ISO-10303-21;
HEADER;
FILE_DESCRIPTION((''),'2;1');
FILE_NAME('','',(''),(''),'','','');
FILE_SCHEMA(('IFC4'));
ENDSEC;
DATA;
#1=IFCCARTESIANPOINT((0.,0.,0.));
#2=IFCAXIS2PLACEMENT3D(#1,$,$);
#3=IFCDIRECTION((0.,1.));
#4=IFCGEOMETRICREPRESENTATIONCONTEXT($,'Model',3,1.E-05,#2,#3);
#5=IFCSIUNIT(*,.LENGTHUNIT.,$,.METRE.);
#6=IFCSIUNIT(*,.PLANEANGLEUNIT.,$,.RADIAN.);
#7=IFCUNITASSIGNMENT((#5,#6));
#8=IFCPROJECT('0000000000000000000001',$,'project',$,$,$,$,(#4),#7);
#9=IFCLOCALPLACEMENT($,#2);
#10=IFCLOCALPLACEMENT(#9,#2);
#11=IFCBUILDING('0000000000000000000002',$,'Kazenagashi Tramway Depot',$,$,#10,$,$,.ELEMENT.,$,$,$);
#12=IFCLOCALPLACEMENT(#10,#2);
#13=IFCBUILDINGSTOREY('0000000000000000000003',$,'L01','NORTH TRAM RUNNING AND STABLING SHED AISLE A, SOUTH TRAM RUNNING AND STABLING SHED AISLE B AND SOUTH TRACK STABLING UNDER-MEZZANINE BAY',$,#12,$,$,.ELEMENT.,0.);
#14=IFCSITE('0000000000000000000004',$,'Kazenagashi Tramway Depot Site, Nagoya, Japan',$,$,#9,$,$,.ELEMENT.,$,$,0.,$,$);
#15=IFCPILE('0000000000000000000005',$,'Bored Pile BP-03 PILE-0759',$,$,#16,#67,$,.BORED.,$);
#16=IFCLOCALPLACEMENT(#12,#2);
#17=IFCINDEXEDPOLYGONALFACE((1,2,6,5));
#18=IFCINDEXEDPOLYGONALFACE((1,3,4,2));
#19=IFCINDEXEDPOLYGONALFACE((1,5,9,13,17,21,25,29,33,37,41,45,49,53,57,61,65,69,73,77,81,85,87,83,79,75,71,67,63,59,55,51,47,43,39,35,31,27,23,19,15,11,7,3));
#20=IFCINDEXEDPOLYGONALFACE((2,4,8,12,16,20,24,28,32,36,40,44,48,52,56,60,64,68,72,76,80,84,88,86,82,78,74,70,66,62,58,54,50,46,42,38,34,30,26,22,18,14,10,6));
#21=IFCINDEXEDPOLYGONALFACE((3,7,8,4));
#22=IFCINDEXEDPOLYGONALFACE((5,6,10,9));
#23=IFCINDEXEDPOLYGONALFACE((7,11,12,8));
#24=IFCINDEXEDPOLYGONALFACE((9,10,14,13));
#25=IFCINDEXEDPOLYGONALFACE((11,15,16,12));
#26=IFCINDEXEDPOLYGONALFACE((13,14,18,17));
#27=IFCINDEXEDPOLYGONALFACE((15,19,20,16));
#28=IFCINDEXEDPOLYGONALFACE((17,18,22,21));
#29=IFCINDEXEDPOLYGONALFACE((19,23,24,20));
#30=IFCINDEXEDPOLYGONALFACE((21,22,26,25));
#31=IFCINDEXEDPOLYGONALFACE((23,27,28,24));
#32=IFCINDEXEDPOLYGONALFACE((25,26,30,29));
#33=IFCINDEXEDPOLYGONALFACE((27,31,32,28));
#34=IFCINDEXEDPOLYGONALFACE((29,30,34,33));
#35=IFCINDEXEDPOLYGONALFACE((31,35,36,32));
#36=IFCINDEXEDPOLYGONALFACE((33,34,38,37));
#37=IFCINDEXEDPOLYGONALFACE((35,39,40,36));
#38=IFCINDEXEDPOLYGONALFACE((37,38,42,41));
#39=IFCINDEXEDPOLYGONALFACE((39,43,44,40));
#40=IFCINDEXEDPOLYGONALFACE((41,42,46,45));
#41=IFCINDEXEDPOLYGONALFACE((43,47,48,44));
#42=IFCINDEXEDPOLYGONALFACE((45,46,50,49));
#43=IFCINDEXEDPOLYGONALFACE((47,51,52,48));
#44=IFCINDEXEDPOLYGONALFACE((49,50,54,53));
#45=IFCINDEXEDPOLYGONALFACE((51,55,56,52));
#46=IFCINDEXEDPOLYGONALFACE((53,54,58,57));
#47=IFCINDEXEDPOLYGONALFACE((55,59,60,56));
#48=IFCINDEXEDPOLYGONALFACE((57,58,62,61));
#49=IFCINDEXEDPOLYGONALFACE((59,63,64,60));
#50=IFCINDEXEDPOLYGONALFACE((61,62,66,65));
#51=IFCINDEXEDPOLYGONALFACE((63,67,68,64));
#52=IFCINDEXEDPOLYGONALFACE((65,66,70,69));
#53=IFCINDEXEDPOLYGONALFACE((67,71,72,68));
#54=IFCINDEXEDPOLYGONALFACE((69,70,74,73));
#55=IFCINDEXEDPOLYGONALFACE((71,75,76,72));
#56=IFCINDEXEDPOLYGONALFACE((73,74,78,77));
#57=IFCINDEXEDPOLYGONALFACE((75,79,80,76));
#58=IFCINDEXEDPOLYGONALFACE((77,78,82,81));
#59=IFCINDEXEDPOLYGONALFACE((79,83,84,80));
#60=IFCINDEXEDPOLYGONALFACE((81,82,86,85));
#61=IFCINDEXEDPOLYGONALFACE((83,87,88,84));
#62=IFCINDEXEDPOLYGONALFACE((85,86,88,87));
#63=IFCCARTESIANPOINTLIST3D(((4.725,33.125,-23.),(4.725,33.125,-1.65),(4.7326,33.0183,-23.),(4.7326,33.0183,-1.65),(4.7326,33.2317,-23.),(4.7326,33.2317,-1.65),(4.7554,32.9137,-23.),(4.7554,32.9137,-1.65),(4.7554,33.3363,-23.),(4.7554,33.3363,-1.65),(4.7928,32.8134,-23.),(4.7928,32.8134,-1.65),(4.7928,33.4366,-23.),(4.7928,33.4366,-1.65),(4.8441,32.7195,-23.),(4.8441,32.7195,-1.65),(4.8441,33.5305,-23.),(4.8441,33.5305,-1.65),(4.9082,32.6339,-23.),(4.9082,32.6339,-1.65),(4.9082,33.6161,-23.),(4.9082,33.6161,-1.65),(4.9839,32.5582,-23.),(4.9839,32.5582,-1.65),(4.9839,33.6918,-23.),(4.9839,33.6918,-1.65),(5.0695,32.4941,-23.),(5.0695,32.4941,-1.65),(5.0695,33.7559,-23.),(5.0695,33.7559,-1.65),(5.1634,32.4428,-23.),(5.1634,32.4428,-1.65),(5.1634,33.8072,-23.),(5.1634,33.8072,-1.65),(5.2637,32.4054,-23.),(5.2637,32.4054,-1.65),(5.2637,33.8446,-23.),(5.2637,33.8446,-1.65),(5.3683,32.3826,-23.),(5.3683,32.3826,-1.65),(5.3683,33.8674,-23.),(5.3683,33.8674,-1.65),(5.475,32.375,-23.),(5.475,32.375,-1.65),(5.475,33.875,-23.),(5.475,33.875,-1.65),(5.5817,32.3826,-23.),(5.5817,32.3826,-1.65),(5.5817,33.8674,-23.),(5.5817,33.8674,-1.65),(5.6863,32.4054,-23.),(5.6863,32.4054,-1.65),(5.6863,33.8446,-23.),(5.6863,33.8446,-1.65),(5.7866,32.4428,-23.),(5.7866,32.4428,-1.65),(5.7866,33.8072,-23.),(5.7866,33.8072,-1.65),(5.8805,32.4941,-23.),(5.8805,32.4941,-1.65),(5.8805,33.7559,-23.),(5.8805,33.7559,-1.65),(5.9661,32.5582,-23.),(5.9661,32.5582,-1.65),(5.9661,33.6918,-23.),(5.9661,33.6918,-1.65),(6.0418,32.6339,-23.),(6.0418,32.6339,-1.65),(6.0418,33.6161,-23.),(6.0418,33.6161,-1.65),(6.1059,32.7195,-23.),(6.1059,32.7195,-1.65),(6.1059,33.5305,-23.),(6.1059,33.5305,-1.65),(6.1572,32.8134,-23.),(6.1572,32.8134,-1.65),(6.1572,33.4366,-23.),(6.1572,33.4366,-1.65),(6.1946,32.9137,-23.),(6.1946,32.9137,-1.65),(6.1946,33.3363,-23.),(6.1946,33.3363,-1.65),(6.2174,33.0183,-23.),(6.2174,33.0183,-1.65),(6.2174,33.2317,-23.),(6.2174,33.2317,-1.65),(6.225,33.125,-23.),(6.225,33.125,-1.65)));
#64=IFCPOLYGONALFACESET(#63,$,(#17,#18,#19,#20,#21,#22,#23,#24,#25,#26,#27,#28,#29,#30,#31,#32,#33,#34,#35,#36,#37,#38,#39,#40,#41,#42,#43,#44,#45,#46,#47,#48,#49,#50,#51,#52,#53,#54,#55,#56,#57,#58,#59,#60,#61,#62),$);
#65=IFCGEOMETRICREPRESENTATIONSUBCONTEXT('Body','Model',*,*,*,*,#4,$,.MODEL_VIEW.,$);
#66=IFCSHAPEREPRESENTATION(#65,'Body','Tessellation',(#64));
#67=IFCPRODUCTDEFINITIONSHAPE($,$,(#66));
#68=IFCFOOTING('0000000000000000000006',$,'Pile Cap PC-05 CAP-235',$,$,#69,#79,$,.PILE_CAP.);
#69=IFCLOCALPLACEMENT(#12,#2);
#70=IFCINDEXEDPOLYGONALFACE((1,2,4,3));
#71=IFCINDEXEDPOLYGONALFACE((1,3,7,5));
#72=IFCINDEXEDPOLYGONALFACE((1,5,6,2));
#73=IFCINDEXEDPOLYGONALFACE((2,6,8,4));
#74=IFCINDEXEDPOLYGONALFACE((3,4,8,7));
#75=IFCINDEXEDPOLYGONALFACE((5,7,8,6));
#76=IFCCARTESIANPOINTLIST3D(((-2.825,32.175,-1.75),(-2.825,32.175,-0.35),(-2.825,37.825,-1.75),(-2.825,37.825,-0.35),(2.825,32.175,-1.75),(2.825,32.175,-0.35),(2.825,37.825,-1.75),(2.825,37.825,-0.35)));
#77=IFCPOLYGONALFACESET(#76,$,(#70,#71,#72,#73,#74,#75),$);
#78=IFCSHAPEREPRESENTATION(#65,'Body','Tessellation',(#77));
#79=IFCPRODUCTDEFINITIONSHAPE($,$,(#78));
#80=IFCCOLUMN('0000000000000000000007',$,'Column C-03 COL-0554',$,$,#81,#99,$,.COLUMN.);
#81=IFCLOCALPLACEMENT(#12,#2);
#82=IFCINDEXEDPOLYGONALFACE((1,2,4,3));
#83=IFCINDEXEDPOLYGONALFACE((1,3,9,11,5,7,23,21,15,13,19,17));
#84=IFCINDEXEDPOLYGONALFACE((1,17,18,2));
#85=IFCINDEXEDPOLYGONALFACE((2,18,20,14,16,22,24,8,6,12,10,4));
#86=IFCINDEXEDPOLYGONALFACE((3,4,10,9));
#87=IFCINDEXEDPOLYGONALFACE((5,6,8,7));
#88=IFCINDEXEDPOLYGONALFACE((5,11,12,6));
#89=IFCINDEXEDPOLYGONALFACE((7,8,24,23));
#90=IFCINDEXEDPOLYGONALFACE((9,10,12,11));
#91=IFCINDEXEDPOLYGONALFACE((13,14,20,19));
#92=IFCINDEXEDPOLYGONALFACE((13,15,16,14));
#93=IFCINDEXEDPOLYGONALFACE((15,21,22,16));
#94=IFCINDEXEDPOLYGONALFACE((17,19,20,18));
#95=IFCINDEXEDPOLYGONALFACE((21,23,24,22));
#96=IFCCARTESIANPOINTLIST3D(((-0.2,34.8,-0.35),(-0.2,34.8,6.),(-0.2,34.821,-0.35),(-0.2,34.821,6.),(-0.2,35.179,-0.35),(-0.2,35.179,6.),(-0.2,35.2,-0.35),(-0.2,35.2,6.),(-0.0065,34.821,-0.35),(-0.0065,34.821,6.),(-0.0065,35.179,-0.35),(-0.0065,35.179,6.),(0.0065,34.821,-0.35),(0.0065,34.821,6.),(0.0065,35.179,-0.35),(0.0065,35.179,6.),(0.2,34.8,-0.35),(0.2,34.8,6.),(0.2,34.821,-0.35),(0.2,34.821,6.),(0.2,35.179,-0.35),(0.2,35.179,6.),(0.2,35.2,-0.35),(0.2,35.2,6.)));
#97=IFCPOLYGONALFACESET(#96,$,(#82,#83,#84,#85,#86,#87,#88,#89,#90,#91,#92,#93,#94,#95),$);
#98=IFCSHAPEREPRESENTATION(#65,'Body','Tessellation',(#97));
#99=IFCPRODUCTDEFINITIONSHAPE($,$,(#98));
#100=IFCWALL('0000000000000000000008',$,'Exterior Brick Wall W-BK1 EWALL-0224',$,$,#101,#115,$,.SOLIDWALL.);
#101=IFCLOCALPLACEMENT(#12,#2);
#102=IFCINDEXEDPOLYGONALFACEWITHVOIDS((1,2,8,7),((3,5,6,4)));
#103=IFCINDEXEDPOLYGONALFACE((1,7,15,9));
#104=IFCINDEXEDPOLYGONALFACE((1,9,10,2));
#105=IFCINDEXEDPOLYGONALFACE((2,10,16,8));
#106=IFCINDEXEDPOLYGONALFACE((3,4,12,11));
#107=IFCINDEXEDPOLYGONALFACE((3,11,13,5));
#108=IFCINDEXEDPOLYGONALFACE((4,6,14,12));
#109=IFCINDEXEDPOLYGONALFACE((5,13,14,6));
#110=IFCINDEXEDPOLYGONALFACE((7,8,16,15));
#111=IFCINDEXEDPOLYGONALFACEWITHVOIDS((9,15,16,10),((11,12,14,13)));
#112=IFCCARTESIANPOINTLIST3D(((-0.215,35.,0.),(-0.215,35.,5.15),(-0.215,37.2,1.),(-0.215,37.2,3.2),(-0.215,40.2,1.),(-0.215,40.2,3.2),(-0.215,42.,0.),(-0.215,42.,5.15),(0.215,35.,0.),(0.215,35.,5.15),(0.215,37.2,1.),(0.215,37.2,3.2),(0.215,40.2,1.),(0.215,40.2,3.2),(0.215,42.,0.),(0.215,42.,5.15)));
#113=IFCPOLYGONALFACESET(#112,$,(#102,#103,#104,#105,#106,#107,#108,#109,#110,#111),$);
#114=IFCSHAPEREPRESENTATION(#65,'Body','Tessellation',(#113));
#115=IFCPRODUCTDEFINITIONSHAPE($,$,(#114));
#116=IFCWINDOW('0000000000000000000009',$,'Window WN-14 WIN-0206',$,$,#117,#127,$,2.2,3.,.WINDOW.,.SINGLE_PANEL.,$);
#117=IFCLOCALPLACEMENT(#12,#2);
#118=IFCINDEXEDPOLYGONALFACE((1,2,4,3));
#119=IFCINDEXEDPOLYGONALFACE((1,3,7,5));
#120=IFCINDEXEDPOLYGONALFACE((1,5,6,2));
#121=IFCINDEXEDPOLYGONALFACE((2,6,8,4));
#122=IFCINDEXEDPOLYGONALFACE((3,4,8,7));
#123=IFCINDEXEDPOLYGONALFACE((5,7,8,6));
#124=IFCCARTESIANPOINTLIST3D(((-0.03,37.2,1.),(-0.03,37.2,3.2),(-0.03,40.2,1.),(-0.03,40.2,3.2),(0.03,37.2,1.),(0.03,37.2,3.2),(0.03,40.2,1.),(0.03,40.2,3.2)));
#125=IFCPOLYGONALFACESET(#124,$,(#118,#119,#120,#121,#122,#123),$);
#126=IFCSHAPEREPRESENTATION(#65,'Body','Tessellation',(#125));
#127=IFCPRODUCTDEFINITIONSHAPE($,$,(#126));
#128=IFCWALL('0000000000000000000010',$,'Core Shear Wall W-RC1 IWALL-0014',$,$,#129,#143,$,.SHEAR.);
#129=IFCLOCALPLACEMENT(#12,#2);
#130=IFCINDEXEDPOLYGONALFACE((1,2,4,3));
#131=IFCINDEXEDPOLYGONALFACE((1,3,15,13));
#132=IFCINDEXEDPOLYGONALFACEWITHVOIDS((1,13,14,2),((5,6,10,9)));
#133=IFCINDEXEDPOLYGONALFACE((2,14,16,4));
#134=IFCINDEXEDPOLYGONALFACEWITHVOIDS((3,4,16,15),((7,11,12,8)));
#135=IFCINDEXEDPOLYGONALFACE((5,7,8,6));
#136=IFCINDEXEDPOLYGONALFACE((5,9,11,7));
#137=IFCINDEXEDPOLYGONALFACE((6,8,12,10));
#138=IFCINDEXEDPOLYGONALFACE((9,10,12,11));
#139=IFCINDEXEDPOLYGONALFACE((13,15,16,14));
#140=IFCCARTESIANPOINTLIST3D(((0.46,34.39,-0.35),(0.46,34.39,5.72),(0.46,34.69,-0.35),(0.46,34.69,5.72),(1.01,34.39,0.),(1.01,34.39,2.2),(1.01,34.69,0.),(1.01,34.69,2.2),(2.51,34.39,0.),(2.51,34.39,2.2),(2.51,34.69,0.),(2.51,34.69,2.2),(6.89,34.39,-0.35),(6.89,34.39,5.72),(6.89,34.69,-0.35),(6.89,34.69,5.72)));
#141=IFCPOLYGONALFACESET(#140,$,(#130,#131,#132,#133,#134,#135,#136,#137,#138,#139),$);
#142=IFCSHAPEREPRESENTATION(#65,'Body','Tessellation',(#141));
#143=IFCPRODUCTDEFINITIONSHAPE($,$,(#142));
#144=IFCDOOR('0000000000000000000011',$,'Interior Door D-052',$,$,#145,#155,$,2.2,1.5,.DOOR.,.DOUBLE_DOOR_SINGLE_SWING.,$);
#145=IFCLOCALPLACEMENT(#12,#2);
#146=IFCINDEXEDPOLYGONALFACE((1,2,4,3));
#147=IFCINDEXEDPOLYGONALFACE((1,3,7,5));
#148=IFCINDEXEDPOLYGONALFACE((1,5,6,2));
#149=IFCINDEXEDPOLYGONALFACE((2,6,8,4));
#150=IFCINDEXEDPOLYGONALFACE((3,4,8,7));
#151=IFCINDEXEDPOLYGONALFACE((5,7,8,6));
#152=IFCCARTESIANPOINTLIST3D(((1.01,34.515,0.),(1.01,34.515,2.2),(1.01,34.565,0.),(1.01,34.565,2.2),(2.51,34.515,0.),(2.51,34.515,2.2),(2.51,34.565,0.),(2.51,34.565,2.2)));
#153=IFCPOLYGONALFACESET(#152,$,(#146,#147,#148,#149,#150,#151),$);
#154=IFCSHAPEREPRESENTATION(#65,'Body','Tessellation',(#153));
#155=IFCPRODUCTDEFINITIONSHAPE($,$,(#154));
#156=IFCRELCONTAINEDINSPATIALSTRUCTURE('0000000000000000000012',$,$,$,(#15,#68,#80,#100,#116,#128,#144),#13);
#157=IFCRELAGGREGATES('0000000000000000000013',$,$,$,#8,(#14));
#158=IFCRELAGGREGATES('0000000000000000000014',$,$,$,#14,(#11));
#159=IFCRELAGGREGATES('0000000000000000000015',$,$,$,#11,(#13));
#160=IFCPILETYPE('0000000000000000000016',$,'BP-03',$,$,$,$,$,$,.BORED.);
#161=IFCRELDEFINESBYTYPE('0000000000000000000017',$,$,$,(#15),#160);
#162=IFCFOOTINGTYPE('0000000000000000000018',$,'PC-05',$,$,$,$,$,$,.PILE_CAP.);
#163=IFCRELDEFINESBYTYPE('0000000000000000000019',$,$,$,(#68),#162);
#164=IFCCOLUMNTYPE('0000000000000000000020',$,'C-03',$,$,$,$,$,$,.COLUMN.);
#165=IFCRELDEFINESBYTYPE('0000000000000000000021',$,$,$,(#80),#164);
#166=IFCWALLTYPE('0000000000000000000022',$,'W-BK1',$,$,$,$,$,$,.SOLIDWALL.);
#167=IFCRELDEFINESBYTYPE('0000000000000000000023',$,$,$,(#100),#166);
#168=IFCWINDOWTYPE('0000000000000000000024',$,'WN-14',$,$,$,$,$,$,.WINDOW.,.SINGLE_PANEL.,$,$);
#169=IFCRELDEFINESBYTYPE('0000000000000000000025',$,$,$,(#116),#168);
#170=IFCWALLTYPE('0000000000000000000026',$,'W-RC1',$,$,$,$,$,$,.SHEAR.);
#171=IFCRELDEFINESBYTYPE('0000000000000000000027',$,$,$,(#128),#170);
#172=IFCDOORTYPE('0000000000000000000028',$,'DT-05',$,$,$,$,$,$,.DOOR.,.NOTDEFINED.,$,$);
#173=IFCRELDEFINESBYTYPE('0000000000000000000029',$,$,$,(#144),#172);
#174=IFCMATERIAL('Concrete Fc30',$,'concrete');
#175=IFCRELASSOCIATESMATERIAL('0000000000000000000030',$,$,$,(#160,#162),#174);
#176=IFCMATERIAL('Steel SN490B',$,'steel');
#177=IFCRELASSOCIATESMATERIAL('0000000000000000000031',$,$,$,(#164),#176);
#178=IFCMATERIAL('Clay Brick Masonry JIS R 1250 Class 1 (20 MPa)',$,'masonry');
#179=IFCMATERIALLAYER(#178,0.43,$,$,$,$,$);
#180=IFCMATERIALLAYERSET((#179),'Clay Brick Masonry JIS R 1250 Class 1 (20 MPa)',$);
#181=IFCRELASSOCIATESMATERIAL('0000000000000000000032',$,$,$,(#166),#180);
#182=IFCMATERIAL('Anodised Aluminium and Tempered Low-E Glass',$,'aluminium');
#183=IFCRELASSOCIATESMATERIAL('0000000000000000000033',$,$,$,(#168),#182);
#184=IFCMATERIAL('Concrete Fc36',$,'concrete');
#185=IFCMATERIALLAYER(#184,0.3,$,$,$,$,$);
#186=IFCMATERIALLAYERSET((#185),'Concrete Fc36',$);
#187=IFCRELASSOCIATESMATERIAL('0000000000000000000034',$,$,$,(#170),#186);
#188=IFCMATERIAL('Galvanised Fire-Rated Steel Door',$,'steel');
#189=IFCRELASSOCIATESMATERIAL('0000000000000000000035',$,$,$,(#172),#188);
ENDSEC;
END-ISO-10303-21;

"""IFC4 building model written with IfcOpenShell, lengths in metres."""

from ifc_helpers import new_model, si_unit, direction, frame, frame_2d, origin, origin_2d, place, context, subcontext, project, spatial, rectangle, circle, i_section, extrude, material, layer, layer_set, material_profile, profile_set, type_object, element, fill, save


model = new_model("IFC4")

# Units and contexts
model_context = context("Model", 3, precision=1e-05, world=origin(), true_north=direction((0.0, 1.0)))
body_context = subcontext(model_context, "Body", "Model", "MODEL_VIEW")
ifc_project = project(units=[si_unit("LENGTHUNIT", "METRE"), si_unit("PLANEANGLEUNIT", "RADIAN")], contexts=[model_context])

# Site, building, storey
site_placement = place(None, origin())
site = spatial("IfcSite", under=ifc_project, at=site_placement, Name="Kazenagashi Tramway Depot Site, Nagoya, Japan", CompositionType="ELEMENT", RefElevation=0.0)
building_placement = place(site_placement, origin())
building = spatial("IfcBuilding", under=site, at=building_placement, Name="Kazenagashi Tramway Depot", CompositionType="ELEMENT")
storey_placement = place(building_placement, origin())
storey = spatial("IfcBuildingStorey", under=building, at=storey_placement, Name="L01", Description="NORTH TRAM RUNNING AND STABLING SHED AISLE A, SOUTH TRAM RUNNING AND STABLING SHED AISLE B AND SOUTH TRACK STABLING UNDER-MEZZANINE BAY", CompositionType="ELEMENT", Elevation=0.0)

# Pile
ifc_material_1 = material(Name="Concrete Fc30", Category="concrete")
ifc_material_profile_1 = material_profile(ifc_material_1, circle(Radius=0.75, at=origin_2d()), Name="PILE-1500")
ifc_profile_set_1 = profile_set([ifc_material_profile_1], Name="Concrete Fc30")
pile_type = type_object("IfcPileType", Name="BP-03", PredefinedType="BORED", material=ifc_profile_set_1)
for number, where, z_axis, x_axis, name in (
    (1, (5.475, 33.125, -1.65), (0.0, 0.0, -1.0), (1.0, 0.0, 0.0), "Bored Pile BP-03 PILE-0759"),
):
    element("IfcPile", number, at=place(storey_placement, frame(where, z_axis=z_axis, x_axis=x_axis)), inside=storey, type_object=pile_type, Name=name, PredefinedType="BORED", context=body_context, shape_type="SweptSolid", body=[
        extrude(circle(Radius=0.75, at=origin_2d()), origin(), (0.0, 0.0, 1.0), 21.35),
    ])

# Footing
footing_type = type_object("IfcFootingType", Name="PC-05", PredefinedType="PILE_CAP", material=ifc_material_1)
footing_placement = place(storey_placement, frame((0.0, 35.0, -1.75), z_axis=(0.0, 0.0, 1.0), x_axis=(1.0, 0.0, 0.0)))
element("IfcFooting", 2, at=footing_placement, inside=storey, type_object=footing_type, Name="Pile Cap PC-05 CAP-235", PredefinedType="PILE_CAP", context=body_context, shape_type="SweptSolid", body=[
    extrude(rectangle(XDim=5.65, YDim=5.65, at=origin_2d()), origin(), (0.0, 0.0, 1.0), 1.4),
])

# Column
ifc_material_2 = material(Name="Steel SN490B", Category="steel")
ifc_material_profile_2 = material_profile(ifc_material_2, i_section(OverallWidth=0.4, OverallDepth=0.4, WebThickness=0.013, FlangeThickness=0.021, at=origin_2d()), Name="H-400x400x13x21")
ifc_profile_set_2 = profile_set([ifc_material_profile_2], Name="Steel SN490B")
column_type = type_object("IfcColumnType", Name="C-03", PredefinedType="COLUMN", material=ifc_profile_set_2)
column_placement = place(storey_placement, frame((0.0, 35.0, -0.35), z_axis=(0.0, 0.0, 1.0), x_axis=(1.0, 0.0, 0.0)))
element("IfcColumn", 3, at=column_placement, inside=storey, type_object=column_type, Name="Column C-03 COL-0554", PredefinedType="COLUMN", context=body_context, shape_type="SweptSolid", body=[
    extrude(i_section(OverallWidth=0.4, OverallDepth=0.4, WebThickness=0.013, FlangeThickness=0.021, at=origin_2d()), origin(), (0.0, 0.0, 1.0), 6.35),
])

# Wall, opening, window
ifc_material_3 = material(Name="Clay Brick Masonry JIS R 1250 Class 1 (20 MPa)", Category="masonry")
ifc_layer_1 = layer(ifc_material_3, 0.43)
ifc_layer_set_1 = layer_set([ifc_layer_1], Name="Clay Brick Masonry JIS R 1250 Class 1 (20 MPa)")
wall_type_1 = type_object("IfcWallType", Name="W-BK1", PredefinedType="SOLIDWALL", material=ifc_layer_set_1)
wall_1_placement = place(storey_placement, frame((0.0, 35.0, 0.0), z_axis=(0.0, 0.0, 1.0), x_axis=(0.0, 1.0, 0.0)))
wall_1 = element("IfcWall", 4, at=wall_1_placement, inside=storey, type_object=wall_type_1, Name="Exterior Brick Wall W-BK1 EWALL-0224", PredefinedType="SOLIDWALL", context=body_context, shape_type="SweptSolid", body=[
    extrude(rectangle(XDim=7.0, YDim=0.43, at=frame_2d((3.5, 0.0))), origin(), (0.0, 0.0, 1.0), 5.15),
])
opening_1_placement = place(wall_1_placement, frame((2.2, 0.0, 1.0)))
opening_1 = element("IfcOpeningElement", 5, at=opening_1_placement, cuts=wall_1, PredefinedType="OPENING", context=body_context, shape_type="SweptSolid", body=[
    extrude(rectangle(XDim=3.0, YDim=2.2, at=frame_2d((1.5, 1.1))), frame((0.0, 0.225, 0.0), z_axis=(0.0, -1.0, 0.0), x_axis=(1.0, 0.0, 0.0)), (0.0, 0.0, 1.0), 0.45),
])
ifc_material_4 = material(Name="Anodised Aluminium and Tempered Low-E Glass", Category="aluminium")
window_type = type_object("IfcWindowType", Name="WN-14", PartitioningType="SINGLE_PANEL", PredefinedType="WINDOW", material=ifc_material_4)
window_placement = place(opening_1_placement, origin())
window = element("IfcWindow", 6, at=window_placement, inside=storey, type_object=window_type, Name="Window WN-14 WIN-0206", OverallHeight=2.2, OverallWidth=3.0, PartitioningType="SINGLE_PANEL", PredefinedType="WINDOW", context=body_context, shape_type="SweptSolid", body=[
    extrude(rectangle(XDim=3.0, YDim=2.2, at=frame_2d((1.5, 1.1))), frame((0.0, 0.03, 0.0), z_axis=(0.0, -1.0, 0.0), x_axis=(1.0, 0.0, 0.0)), (0.0, 0.0, 1.0), 0.06),
])
fill(opening_1, window)

# Wall, opening, door
ifc_material_5 = material(Name="Concrete Fc36", Category="concrete")
ifc_layer_2 = layer(ifc_material_5, 0.3)
ifc_layer_set_2 = layer_set([ifc_layer_2], Name="Concrete Fc36")
wall_type_2 = type_object("IfcWallType", Name="W-RC1", PredefinedType="SHEAR", material=ifc_layer_set_2)
wall_2_placement = place(storey_placement, frame((0.46, 34.54, -0.35), z_axis=(0.0, 0.0, 1.0), x_axis=(1.0, 0.0, 0.0)))
wall_2 = element("IfcWall", 7, at=wall_2_placement, inside=storey, type_object=wall_type_2, Name="Core Shear Wall W-RC1 IWALL-0014", PredefinedType="SHEAR", context=body_context, shape_type="SweptSolid", body=[
    extrude(rectangle(XDim=6.43, YDim=0.3, at=frame_2d((3.215, 0.0))), origin(), (0.0, 0.0, 1.0), 6.07),
])
opening_2_placement = place(wall_2_placement, frame((0.55, 0.0, 0.35)))
opening_2 = element("IfcOpeningElement", 8, at=opening_2_placement, cuts=wall_2, PredefinedType="OPENING", context=body_context, shape_type="SweptSolid", body=[
    extrude(rectangle(XDim=1.5, YDim=2.2, at=frame_2d((0.75, 1.1))), frame((0.0, 0.16, 0.0), z_axis=(0.0, -1.0, 0.0), x_axis=(1.0, 0.0, 0.0)), (0.0, 0.0, 1.0), 0.32),
])
ifc_material_6 = material(Name="Galvanised Fire-Rated Steel Door", Category="steel")
door_type_1 = type_object("IfcDoorType", Name="DT-05", OperationType="NOTDEFINED", PredefinedType="DOOR", material=ifc_material_6)
door_1_placement = place(opening_2_placement, origin())
door_1 = element("IfcDoor", 9, at=door_1_placement, inside=storey, type_object=door_type_1, Name="Interior Door D-052", OperationType="DOUBLE_DOOR_SINGLE_SWING", OverallHeight=2.2, OverallWidth=1.5, PredefinedType="DOOR", context=body_context, shape_type="SweptSolid", body=[
    extrude(rectangle(XDim=1.5, YDim=2.2, at=frame_2d((0.75, 1.1))), frame((0.0, 0.025, 0.0), z_axis=(0.0, -1.0, 0.0), x_axis=(1.0, 0.0, 0.0)), (0.0, 0.0, 1.0), 0.05),
])
fill(opening_2, door_1)

save(model, "model.ifc")
